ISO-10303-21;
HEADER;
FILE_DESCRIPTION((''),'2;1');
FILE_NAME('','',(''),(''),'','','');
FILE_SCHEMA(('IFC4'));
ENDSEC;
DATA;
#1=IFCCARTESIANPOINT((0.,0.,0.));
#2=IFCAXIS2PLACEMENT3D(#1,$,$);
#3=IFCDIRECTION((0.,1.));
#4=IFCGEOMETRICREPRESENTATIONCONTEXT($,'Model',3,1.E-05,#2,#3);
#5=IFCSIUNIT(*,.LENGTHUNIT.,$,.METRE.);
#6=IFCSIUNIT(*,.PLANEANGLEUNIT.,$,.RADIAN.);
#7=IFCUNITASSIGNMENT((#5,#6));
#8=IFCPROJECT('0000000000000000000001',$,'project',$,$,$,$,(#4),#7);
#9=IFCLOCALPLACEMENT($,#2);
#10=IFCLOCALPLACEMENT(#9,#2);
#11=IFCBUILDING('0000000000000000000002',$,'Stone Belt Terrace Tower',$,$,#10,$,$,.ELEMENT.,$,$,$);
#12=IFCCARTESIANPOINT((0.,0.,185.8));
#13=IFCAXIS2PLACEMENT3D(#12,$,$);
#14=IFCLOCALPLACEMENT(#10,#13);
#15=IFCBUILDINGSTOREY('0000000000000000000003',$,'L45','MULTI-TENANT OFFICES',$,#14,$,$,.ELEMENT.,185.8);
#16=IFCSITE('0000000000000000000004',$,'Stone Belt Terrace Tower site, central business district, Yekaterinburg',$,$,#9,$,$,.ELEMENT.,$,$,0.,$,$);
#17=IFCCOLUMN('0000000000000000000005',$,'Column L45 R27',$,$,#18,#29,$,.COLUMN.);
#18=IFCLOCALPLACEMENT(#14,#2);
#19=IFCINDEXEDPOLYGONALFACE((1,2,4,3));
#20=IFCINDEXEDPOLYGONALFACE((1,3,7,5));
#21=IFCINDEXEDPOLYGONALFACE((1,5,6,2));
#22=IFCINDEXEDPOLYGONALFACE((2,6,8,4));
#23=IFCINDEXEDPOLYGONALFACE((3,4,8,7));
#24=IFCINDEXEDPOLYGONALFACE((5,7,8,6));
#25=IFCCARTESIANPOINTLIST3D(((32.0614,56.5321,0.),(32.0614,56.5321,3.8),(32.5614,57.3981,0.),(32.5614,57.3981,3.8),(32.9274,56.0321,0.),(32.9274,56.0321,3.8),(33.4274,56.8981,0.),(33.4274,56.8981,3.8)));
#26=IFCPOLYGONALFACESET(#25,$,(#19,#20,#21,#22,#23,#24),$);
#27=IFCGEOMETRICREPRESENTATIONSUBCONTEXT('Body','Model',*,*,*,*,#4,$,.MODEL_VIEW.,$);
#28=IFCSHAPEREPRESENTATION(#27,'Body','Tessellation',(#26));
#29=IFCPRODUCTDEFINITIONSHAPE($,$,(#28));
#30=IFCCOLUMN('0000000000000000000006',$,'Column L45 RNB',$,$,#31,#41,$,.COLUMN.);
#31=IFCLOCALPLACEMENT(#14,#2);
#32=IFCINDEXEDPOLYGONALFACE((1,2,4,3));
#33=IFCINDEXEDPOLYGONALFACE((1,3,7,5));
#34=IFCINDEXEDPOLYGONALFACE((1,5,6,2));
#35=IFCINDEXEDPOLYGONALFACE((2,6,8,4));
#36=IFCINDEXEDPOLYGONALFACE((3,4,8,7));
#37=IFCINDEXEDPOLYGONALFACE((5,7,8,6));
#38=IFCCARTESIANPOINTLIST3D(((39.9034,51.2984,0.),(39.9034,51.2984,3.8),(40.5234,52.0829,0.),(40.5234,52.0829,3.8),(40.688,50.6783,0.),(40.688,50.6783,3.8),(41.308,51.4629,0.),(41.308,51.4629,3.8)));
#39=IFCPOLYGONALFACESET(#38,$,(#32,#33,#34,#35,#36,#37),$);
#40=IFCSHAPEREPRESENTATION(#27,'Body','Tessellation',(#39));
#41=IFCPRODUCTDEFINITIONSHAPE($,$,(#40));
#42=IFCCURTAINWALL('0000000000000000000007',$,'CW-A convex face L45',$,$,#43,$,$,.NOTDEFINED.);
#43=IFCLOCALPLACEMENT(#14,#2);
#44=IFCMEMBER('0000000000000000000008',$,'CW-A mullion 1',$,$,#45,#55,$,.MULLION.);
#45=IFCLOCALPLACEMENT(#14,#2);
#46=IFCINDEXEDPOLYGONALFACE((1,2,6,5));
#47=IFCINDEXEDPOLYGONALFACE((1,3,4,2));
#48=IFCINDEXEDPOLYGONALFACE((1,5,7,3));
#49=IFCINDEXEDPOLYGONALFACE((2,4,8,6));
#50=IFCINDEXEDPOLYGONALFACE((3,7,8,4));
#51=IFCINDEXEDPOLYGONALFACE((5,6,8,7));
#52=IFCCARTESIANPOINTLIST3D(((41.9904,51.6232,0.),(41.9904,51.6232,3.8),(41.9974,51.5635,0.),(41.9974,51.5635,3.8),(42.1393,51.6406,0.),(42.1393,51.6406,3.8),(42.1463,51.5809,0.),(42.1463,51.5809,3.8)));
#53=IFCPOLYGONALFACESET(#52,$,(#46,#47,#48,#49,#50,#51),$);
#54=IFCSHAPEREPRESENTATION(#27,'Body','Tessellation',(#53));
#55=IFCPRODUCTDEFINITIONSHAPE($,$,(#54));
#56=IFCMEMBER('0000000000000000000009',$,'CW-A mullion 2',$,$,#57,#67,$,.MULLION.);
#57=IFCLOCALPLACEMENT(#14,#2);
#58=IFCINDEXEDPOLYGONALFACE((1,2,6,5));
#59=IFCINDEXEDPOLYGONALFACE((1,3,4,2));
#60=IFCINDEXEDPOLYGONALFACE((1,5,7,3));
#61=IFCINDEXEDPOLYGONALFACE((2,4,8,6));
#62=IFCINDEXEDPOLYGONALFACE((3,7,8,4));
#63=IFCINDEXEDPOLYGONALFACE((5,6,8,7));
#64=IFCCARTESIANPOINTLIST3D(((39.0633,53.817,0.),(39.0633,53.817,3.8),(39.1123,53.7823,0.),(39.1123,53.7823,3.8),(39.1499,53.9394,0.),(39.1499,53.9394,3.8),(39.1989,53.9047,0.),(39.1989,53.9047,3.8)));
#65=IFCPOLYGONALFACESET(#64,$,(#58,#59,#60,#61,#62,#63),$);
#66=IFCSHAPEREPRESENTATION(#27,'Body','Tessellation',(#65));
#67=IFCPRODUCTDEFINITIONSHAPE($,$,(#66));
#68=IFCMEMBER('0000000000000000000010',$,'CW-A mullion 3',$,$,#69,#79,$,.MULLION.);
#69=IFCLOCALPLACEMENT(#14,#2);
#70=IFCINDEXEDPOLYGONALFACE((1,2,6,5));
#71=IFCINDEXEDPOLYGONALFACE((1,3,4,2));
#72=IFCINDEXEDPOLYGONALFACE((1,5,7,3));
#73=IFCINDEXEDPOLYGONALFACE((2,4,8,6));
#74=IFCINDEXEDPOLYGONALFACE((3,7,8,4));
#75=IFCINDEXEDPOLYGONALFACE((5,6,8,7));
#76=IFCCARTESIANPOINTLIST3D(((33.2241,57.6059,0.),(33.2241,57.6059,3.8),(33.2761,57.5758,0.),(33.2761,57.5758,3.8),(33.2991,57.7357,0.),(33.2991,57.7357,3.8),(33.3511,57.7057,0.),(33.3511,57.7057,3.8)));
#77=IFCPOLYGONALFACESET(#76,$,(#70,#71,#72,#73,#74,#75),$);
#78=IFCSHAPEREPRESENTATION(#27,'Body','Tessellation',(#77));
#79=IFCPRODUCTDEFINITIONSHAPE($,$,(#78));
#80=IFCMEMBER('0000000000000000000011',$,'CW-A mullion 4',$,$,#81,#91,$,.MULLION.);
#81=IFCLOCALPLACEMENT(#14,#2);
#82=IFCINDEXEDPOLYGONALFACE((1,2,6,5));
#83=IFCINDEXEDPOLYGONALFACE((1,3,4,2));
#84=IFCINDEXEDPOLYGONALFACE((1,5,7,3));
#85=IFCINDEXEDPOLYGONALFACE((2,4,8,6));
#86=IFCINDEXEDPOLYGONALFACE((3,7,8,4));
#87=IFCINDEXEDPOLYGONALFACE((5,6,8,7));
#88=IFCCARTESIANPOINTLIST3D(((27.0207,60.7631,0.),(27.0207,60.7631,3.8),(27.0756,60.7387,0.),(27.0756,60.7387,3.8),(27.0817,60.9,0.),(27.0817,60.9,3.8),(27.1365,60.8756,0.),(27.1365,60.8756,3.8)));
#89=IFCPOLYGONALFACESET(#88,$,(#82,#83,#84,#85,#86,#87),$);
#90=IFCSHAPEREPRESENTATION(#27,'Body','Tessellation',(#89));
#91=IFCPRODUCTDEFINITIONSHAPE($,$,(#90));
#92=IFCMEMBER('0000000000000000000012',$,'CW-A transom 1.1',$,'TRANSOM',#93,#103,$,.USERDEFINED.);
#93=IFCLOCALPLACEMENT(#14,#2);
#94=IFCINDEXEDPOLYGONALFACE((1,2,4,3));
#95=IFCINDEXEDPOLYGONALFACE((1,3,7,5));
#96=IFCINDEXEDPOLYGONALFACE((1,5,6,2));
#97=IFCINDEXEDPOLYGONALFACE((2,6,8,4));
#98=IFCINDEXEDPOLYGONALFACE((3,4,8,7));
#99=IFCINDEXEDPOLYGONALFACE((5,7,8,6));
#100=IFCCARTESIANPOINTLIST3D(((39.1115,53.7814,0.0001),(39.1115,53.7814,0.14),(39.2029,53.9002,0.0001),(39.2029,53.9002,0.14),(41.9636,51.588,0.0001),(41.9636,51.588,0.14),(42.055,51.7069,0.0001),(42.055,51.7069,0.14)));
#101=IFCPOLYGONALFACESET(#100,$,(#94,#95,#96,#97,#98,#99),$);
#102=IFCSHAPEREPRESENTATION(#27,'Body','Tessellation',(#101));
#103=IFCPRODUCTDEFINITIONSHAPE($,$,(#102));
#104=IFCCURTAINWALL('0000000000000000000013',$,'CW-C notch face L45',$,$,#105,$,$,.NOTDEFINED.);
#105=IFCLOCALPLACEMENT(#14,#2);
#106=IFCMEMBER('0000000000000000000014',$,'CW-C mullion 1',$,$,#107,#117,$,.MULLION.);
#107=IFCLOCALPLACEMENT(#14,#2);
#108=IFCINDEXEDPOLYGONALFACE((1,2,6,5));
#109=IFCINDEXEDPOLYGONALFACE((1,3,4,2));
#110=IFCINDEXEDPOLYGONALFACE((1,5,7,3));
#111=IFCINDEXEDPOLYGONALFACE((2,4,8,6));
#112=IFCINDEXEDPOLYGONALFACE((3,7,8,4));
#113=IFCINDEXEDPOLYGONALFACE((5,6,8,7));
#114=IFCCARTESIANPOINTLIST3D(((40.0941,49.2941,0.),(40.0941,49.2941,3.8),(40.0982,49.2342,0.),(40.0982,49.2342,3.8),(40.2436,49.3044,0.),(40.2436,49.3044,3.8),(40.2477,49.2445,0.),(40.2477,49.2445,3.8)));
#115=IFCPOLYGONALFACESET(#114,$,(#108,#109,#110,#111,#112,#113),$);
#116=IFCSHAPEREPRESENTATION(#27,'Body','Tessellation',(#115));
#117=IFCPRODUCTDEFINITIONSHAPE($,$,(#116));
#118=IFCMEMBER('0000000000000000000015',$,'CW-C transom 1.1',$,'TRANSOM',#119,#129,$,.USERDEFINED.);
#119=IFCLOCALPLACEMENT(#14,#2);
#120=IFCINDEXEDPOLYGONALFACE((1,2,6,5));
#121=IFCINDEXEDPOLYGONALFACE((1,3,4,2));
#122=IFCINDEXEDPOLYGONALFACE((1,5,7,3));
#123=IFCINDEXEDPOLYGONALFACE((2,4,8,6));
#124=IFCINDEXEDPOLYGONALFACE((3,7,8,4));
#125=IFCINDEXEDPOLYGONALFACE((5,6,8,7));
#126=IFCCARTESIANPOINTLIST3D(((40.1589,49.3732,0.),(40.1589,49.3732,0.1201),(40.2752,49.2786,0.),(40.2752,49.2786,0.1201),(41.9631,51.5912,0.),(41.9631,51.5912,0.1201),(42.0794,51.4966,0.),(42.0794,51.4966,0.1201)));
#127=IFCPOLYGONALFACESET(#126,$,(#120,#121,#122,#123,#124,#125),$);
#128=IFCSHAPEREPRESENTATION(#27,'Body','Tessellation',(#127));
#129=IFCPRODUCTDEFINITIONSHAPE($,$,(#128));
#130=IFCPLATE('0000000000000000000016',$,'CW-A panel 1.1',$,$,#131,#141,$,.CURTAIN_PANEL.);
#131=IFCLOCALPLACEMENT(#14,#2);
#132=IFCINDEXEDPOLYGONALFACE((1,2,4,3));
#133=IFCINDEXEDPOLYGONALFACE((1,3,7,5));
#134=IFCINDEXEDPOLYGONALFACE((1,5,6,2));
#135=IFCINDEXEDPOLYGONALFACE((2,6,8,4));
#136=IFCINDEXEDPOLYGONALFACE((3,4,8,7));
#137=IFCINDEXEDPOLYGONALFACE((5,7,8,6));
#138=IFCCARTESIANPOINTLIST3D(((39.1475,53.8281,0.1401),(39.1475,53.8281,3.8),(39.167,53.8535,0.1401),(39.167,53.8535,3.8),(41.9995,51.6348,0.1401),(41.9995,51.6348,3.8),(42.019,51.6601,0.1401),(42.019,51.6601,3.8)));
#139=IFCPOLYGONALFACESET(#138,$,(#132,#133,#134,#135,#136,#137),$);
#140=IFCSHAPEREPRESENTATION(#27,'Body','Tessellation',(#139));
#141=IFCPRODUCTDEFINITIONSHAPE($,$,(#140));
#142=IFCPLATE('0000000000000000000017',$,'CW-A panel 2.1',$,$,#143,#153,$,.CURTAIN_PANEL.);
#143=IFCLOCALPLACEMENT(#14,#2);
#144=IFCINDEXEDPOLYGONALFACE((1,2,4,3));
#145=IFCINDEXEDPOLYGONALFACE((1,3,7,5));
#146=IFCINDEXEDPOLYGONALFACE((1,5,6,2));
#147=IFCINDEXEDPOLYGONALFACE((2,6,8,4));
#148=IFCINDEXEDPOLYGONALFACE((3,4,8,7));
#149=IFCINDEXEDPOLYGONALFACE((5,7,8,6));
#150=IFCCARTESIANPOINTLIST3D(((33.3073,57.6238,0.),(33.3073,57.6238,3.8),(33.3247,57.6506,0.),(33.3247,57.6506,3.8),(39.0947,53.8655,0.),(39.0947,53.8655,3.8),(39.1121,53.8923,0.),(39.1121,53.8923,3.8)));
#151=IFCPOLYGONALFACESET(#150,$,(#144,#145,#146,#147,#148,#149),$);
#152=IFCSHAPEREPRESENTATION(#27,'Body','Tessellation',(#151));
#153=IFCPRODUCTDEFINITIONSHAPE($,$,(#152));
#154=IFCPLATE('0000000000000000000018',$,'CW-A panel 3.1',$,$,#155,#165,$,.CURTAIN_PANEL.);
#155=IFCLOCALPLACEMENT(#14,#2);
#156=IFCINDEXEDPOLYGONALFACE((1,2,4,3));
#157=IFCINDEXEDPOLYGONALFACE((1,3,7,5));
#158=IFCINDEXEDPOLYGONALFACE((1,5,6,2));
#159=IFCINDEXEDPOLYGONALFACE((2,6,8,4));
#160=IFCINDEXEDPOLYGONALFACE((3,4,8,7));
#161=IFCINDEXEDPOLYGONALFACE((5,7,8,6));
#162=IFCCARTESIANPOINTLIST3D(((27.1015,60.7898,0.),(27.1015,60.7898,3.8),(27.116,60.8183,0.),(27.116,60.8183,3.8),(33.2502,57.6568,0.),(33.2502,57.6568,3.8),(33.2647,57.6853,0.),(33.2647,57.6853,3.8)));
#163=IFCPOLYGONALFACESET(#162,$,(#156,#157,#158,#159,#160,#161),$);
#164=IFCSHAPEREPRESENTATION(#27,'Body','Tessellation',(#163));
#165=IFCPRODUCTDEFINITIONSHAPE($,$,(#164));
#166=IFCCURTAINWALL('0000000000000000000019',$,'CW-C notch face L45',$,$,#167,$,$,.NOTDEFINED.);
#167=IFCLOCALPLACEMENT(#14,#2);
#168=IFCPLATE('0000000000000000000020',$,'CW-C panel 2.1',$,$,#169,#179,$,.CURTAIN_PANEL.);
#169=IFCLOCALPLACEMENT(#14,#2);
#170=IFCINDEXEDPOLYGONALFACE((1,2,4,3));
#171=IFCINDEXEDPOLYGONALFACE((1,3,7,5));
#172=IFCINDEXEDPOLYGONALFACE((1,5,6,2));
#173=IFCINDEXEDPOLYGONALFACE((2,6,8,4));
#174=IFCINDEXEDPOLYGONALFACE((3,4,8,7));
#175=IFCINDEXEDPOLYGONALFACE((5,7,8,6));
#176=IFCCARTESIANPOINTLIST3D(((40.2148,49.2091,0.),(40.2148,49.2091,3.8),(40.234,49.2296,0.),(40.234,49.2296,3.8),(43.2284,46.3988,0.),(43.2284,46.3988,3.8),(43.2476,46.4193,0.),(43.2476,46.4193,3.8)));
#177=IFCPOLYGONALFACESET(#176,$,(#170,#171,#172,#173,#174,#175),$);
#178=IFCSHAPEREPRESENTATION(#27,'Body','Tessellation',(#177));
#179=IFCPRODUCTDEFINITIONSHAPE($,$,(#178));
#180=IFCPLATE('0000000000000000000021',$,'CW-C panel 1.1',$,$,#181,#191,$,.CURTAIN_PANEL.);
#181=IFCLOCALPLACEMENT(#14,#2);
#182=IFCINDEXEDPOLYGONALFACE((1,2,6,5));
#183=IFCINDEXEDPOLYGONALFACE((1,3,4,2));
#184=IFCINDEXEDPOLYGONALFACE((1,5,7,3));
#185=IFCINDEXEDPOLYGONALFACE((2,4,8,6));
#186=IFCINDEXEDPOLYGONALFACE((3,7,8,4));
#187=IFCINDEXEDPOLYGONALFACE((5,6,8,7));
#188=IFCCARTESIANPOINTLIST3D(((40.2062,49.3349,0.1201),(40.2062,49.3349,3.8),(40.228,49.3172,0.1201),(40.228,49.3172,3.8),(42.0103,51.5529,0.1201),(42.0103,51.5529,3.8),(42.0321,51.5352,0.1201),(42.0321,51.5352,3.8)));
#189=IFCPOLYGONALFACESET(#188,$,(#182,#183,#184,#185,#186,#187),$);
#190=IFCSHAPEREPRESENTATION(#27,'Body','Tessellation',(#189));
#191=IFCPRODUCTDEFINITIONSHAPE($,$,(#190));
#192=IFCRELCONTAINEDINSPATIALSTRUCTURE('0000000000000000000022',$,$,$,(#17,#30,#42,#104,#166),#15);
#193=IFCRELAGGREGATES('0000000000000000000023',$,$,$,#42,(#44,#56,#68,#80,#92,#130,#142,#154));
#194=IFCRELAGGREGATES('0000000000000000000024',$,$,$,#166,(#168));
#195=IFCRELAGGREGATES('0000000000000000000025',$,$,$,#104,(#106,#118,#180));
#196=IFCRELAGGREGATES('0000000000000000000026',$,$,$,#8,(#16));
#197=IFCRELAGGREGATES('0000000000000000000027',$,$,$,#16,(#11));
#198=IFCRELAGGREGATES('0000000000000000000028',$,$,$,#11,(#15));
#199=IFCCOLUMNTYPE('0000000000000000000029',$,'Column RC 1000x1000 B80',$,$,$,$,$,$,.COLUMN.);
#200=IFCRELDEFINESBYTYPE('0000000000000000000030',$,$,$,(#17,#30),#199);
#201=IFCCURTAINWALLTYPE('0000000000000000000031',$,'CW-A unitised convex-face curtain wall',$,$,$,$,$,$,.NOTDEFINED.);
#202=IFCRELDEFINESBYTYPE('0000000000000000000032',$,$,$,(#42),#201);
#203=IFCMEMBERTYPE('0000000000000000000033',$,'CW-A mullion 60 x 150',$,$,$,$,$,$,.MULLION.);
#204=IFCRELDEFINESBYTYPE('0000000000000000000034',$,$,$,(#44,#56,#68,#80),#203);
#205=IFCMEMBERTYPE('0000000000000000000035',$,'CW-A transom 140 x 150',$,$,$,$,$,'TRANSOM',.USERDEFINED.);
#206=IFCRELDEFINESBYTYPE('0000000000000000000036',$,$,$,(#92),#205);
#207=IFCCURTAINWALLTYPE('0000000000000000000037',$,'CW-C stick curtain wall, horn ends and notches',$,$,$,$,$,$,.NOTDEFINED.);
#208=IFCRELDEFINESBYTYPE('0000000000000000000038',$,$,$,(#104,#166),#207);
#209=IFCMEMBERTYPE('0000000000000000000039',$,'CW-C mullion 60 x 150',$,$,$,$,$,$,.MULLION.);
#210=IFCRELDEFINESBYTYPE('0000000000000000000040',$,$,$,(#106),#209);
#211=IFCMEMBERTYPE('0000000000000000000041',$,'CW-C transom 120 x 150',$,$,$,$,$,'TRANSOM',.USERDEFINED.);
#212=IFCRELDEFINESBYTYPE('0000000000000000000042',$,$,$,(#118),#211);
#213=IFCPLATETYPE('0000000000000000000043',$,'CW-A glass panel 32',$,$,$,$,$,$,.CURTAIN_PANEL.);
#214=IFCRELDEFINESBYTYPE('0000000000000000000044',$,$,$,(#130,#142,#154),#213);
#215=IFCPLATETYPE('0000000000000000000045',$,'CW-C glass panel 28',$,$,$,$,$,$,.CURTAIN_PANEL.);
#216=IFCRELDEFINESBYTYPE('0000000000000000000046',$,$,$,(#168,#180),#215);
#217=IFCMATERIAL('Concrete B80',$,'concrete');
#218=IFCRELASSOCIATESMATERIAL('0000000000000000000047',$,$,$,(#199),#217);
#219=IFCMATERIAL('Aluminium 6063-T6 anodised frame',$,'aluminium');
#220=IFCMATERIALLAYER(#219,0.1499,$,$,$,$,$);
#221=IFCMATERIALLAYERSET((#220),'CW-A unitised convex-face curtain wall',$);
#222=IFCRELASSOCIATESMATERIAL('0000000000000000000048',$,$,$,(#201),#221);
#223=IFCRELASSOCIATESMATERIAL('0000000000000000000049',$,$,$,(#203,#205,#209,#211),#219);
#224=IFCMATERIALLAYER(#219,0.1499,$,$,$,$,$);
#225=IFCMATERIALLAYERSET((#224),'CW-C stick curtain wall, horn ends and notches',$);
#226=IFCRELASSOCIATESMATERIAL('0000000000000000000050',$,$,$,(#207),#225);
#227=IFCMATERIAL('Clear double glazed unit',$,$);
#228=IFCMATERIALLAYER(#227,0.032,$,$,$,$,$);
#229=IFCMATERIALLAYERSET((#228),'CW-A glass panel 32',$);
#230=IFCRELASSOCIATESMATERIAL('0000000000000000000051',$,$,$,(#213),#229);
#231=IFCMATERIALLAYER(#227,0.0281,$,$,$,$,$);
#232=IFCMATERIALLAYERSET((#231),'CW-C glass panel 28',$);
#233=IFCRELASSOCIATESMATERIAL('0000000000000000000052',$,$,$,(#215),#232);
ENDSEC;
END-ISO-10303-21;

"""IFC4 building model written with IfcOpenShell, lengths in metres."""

from ifc_helpers import new_model, si_unit, direction, frame, origin, origin_2d, place, context, subcontext, project, spatial, rectangle, extrude, material, layer, layer_set, material_profile, profile_set, type_object, element, aggregate, save


model = new_model("IFC4")

# Units and contexts
model_context = context("Model", 3, precision=1e-05, world=origin(), true_north=direction((0.0, 1.0)))
body_context = subcontext(model_context, "Body", "Model", "MODEL_VIEW")
ifc_project = project(units=[si_unit("LENGTHUNIT", "METRE"), si_unit("PLANEANGLEUNIT", "RADIAN")], contexts=[model_context])

# Site, building, storey
site_placement = place(None, origin())
site = spatial("IfcSite", under=ifc_project, at=site_placement, Name="Stone Belt Terrace Tower site, central business district, Yekaterinburg", CompositionType="ELEMENT", RefElevation=0.0)
building_placement = place(site_placement, origin())
building = spatial("IfcBuilding", under=site, at=building_placement, Name="Stone Belt Terrace Tower", CompositionType="ELEMENT")
storey_placement = place(building_placement, frame((0.0, 0.0, 185.8)))
storey = spatial("IfcBuildingStorey", under=building, at=storey_placement, Name="L45", Description="MULTI-TENANT OFFICES", CompositionType="ELEMENT", Elevation=185.8)

# Columns
ifc_material_1 = material(Name="Concrete B80", Category="concrete")
ifc_material_profile_1 = material_profile(ifc_material_1, rectangle(XDim=1.0, YDim=1.0, at=origin_2d()), Name="RC 1000x1000")
ifc_profile_set_1 = profile_set([ifc_material_profile_1], Name="Concrete B80")
column_type = type_object("IfcColumnType", Name="Column RC 1000x1000 B80", PredefinedType="COLUMN", material=ifc_profile_set_1)
for number, where, z_axis, x_axis, name in (
    (1, (32.7444, 56.7151, 0.0), (0.0, 0.0, 1.0), (0.866025, -0.5, 0.0), "Column L45 R27"),
    (2, (40.6057, 51.3806, 0.0), (0.0, 0.0, 1.0), (0.78457, -0.620041, 0.0), "Column L45 RNB"),
):
    element("IfcColumn", number, at=place(storey_placement, frame(where, z_axis=z_axis, x_axis=x_axis)), inside=storey, type_object=column_type, Name=name, PredefinedType="COLUMN", context=body_context, shape_type="SweptSolid", body=[
        extrude(rectangle(XDim=1.0, YDim=1.0, at=origin_2d()), origin(), (0.0, 0.0, 1.0), 3.8),
    ])

# Curtain walls, members
ifc_material_2 = material(Name="Aluminium 6063-T6 anodised frame", Category="aluminium")
ifc_layer_1 = layer(ifc_material_2, 0.1499)
ifc_layer_set_1 = layer_set([ifc_layer_1], Name="CW-A unitised convex-face curtain wall")
curtain_wall_type_1 = type_object("IfcCurtainWallType", Name="CW-A unitised convex-face curtain wall", PredefinedType="NOTDEFINED", material=ifc_layer_set_1)
curtain_wall_1_placement = place(storey_placement, origin())
curtain_wall_1 = element("IfcCurtainWall", 3, at=curtain_wall_1_placement, inside=storey, type_object=curtain_wall_type_1, Name="CW-A convex face L45", PredefinedType="NOTDEFINED")
ifc_material_profile_2 = material_profile(ifc_material_2, rectangle(XDim=0.1499, YDim=0.0601, at=origin_2d()), Name="Aluminium 6063-T6 60x150")
ifc_profile_set_2 = profile_set([ifc_material_profile_2], Name="Aluminium 6063-T6 anodised frame")
member_type_1 = type_object("IfcMemberType", Name="CW-A mullion 60 x 150", PredefinedType="MULLION", material=ifc_profile_set_2)
member_1_placement = place(storey_placement, frame((42.0684, 51.6021, 0.0), z_axis=(0.0, 0.0, 1.0), x_axis=(-0.993258, -0.115925, 0.0)))
member_1 = element("IfcMember", 4, at=member_1_placement, type_object=member_type_1, Name="CW-A mullion 1", PredefinedType="MULLION", context=body_context, shape_type="SweptSolid", body=[
    extrude(rectangle(XDim=0.1499, YDim=0.0601, at=origin_2d()), origin(), (0.0, 0.0, 1.0), 3.8),
])
member_2_placement = place(storey_placement, frame((39.1311, 53.8608, 0.0), z_axis=(0.0, 0.0, 1.0), x_axis=(-0.577587, -0.816329, 0.0)))
member_2 = element("IfcMember", 5, at=member_2_placement, type_object=member_type_1, Name="CW-A mullion 2", PredefinedType="MULLION", context=body_context, shape_type="SweptSolid", body=[
    extrude(rectangle(XDim=0.1499, YDim=0.0601, at=origin_2d()), origin(), (0.0, 0.0, 1.0), 3.8),
])
member_3_placement = place(storey_placement, frame((33.2876, 57.6558, 0.0), z_axis=(0.0, 0.0, 1.0), x_axis=(-0.5, -0.866025, 0.0)))
member_3 = element("IfcMember", 6, at=member_3_placement, type_object=member_type_1, Name="CW-A mullion 3", PredefinedType="MULLION", context=body_context, shape_type="SweptSolid", body=[
    extrude(rectangle(XDim=0.1499, YDim=0.0601, at=origin_2d()), origin(), (0.0, 0.0, 1.0), 3.8),
])
member_4_placement = place(storey_placement, frame((27.0786, 60.8193, 0.0), z_axis=(0.0, 0.0, 1.0), x_axis=(-0.406737, -0.913545, 0.0)))
member_4 = element("IfcMember", 7, at=member_4_placement, type_object=member_type_1, Name="CW-A mullion 4", PredefinedType="MULLION", context=body_context, shape_type="SweptSolid", body=[
    extrude(rectangle(XDim=0.1499, YDim=0.0601, at=origin_2d()), origin(), (0.0, 0.0, 1.0), 3.8),
])
ifc_material_profile_3 = material_profile(ifc_material_2, rectangle(XDim=0.1499, YDim=0.1399, at=origin_2d()), Name="Aluminium 6063-T6 150x140")
ifc_profile_set_3 = profile_set([ifc_material_profile_3], Name="Aluminium 6063-T6 anodised frame")
member_type_2 = type_object("IfcMemberType", Name="CW-A transom 140 x 150", ElementType="TRANSOM", PredefinedType="USERDEFINED", material=ifc_profile_set_3)
member_5_placement = place(storey_placement, frame((42.0093, 51.6475, 0.0701), z_axis=(-0.792695, 0.609619, 0.0), x_axis=(-0.609619, -0.792695, 0.0)))
member_5 = element("IfcMember", 8, at=member_5_placement, type_object=member_type_2, Name="CW-A transom 1.1", ObjectType="TRANSOM", PredefinedType="USERDEFINED", context=body_context, shape_type="SweptSolid", body=[
    extrude(rectangle(XDim=0.1499, YDim=0.1399, at=origin_2d()), origin(), (0.0, 0.0, 1.0), 3.5979),
])
ifc_layer_2 = layer(ifc_material_2, 0.1499)
ifc_layer_set_2 = layer_set([ifc_layer_2], Name="CW-C stick curtain wall, horn ends and notches")
curtain_wall_type_2 = type_object("IfcCurtainWallType", Name="CW-C stick curtain wall, horn ends and notches", PredefinedType="NOTDEFINED", material=ifc_layer_set_2)
curtain_wall_2_placement = place(storey_placement, origin())
curtain_wall_2 = element("IfcCurtainWall", 9, at=curtain_wall_2_placement, inside=storey, type_object=curtain_wall_type_2, Name="CW-C notch face L45", PredefinedType="NOTDEFINED")
ifc_material_profile_4 = material_profile(ifc_material_2, rectangle(XDim=0.1499, YDim=0.0601, at=origin_2d()), Name="Aluminium 6063-T6 60x150")
ifc_profile_set_4 = profile_set([ifc_material_profile_4], Name="Aluminium 6063-T6 anodised frame")
member_type_3 = type_object("IfcMemberType", Name="CW-C mullion 60 x 150", PredefinedType="MULLION", material=ifc_profile_set_4)
member_6_placement = place(storey_placement, frame((40.1709, 49.2693, 0.0), z_axis=(0.0, 0.0, 1.0), x_axis=(-0.99764, -0.068666, 0.0)))
member_6 = element("IfcMember", 10, at=member_6_placement, type_object=member_type_3, Name="CW-C mullion 1", PredefinedType="MULLION", context=body_context, shape_type="SweptSolid", body=[
    extrude(rectangle(XDim=0.1499, YDim=0.0601, at=origin_2d()), origin(), (0.0, 0.0, 1.0), 3.8),
])
ifc_material_profile_5 = material_profile(ifc_material_2, rectangle(XDim=0.1499, YDim=0.1201, at=origin_2d()), Name="Aluminium 6063-T6 150x120")
ifc_profile_set_5 = profile_set([ifc_material_profile_5], Name="Aluminium 6063-T6 anodised frame")
member_type_4 = type_object("IfcMemberType", Name="CW-C transom 120 x 150", ElementType="TRANSOM", PredefinedType="USERDEFINED", material=ifc_profile_set_5)
member_7_placement = place(storey_placement, frame((40.217, 49.3259, 0.0601), z_axis=(0.631027, 0.775761, 0.0), x_axis=(-0.775761, 0.631027, 0.0)))
member_7 = element("IfcMember", 11, at=member_7_placement, type_object=member_type_4, Name="CW-C transom 1.1", ObjectType="TRANSOM", PredefinedType="USERDEFINED", context=body_context, shape_type="SweptSolid", body=[
    extrude(rectangle(XDim=0.1499, YDim=0.1201, at=origin_2d()), origin(), (0.0, 0.0, 1.0), 2.8591),
])

# Plates
ifc_material_3 = material(Name="Clear double glazed unit")
ifc_layer_3 = layer(ifc_material_3, 0.032)
ifc_layer_set_3 = layer_set([ifc_layer_3], Name="CW-A glass panel 32")
plate_type_1 = type_object("IfcPlateType", Name="CW-A glass panel 32", PredefinedType="CURTAIN_PANEL", material=ifc_layer_set_3)
plate_1_placement = place(storey_placement, frame((40.5833, 52.7441, 0.1401), z_axis=(0.0, 0.0, 1.0), x_axis=(-0.792694, 0.60962, 0.0)))
plate_1 = element("IfcPlate", 12, at=plate_1_placement, type_object=plate_type_1, Name="CW-A panel 1.1", PredefinedType="CURTAIN_PANEL", context=body_context, shape_type="SweptSolid", body=[
    extrude(rectangle(XDim=3.5979, YDim=0.032, at=origin_2d()), origin(), (0.0, 0.0, 1.0), 3.6599),
])
plate_2_placement = place(storey_placement, frame((36.2097, 55.7581, 0.0), z_axis=(0.0, 0.0, 1.0), x_axis=(-0.838671, 0.544639, 0.0)))
plate_2 = element("IfcPlate", 13, at=plate_2_placement, type_object=plate_type_1, Name="CW-A panel 2.1", PredefinedType="CURTAIN_PANEL", context=body_context, shape_type="SweptSolid", body=[
    extrude(rectangle(XDim=6.9006, YDim=0.032, at=origin_2d()), origin(), (0.0, 0.0, 1.0), 3.8),
])
plate_3_placement = place(storey_placement, frame((30.1831, 59.2375, 0.0), z_axis=(0.0, 0.0, 1.0), x_axis=(-0.891007, 0.45399, 0.0)))
plate_3 = element("IfcPlate", 14, at=plate_3_placement, type_object=plate_type_1, Name="CW-A panel 3.1", PredefinedType="CURTAIN_PANEL", context=body_context, shape_type="SweptSolid", body=[
    extrude(rectangle(XDim=6.9009, YDim=0.032, at=origin_2d()), origin(), (0.0, 0.0, 1.0), 3.8),
])
aggregate(curtain_wall_1, [member_1, member_2, member_3, member_4, member_5, plate_1, plate_2, plate_3])

# Curtain wall, plate
curtain_wall_3_placement = place(storey_placement, origin())
curtain_wall_3 = element("IfcCurtainWall", 15, at=curtain_wall_3_placement, inside=storey, type_object=curtain_wall_type_2, Name="CW-C notch face L45", PredefinedType="NOTDEFINED")
ifc_layer_4 = layer(ifc_material_3, 0.0281)
ifc_layer_set_4 = layer_set([ifc_layer_4], Name="CW-C glass panel 28")
plate_type_2 = type_object("IfcPlateType", Name="CW-C glass panel 28", PredefinedType="CURTAIN_PANEL", material=ifc_layer_set_4)
plate_4_placement = place(storey_placement, frame((41.7312, 47.8142, 0.0), z_axis=(0.0, 0.0, 1.0), x_axis=(-0.731339, 0.682014, 0.0)))
plate_4 = element("IfcPlate", 16, at=plate_4_placement, type_object=plate_type_2, Name="CW-C panel 2.1", PredefinedType="CURTAIN_PANEL", context=body_context, shape_type="SweptSolid", body=[
    extrude(rectangle(XDim=4.1206, YDim=0.0281, at=origin_2d()), origin(), (0.0, 0.0, 1.0), 3.8),
])
aggregate(curtain_wall_3, [plate_4])

# Plate
plate_5_placement = place(storey_placement, frame((41.1191, 50.4351, 0.1201), z_axis=(0.0, 0.0, 1.0), x_axis=(0.631001, 0.775782, 0.0)))
plate_5 = element("IfcPlate", 17, at=plate_5_placement, type_object=plate_type_2, Name="CW-C panel 1.1", PredefinedType="CURTAIN_PANEL", context=body_context, shape_type="SweptSolid", body=[
    extrude(rectangle(XDim=2.8591, YDim=0.0281, at=origin_2d()), origin(), (0.0, 0.0, 1.0), 3.6799),
])
aggregate(curtain_wall_2, [member_6, member_7, plate_5])

save(model, "model.ifc")
